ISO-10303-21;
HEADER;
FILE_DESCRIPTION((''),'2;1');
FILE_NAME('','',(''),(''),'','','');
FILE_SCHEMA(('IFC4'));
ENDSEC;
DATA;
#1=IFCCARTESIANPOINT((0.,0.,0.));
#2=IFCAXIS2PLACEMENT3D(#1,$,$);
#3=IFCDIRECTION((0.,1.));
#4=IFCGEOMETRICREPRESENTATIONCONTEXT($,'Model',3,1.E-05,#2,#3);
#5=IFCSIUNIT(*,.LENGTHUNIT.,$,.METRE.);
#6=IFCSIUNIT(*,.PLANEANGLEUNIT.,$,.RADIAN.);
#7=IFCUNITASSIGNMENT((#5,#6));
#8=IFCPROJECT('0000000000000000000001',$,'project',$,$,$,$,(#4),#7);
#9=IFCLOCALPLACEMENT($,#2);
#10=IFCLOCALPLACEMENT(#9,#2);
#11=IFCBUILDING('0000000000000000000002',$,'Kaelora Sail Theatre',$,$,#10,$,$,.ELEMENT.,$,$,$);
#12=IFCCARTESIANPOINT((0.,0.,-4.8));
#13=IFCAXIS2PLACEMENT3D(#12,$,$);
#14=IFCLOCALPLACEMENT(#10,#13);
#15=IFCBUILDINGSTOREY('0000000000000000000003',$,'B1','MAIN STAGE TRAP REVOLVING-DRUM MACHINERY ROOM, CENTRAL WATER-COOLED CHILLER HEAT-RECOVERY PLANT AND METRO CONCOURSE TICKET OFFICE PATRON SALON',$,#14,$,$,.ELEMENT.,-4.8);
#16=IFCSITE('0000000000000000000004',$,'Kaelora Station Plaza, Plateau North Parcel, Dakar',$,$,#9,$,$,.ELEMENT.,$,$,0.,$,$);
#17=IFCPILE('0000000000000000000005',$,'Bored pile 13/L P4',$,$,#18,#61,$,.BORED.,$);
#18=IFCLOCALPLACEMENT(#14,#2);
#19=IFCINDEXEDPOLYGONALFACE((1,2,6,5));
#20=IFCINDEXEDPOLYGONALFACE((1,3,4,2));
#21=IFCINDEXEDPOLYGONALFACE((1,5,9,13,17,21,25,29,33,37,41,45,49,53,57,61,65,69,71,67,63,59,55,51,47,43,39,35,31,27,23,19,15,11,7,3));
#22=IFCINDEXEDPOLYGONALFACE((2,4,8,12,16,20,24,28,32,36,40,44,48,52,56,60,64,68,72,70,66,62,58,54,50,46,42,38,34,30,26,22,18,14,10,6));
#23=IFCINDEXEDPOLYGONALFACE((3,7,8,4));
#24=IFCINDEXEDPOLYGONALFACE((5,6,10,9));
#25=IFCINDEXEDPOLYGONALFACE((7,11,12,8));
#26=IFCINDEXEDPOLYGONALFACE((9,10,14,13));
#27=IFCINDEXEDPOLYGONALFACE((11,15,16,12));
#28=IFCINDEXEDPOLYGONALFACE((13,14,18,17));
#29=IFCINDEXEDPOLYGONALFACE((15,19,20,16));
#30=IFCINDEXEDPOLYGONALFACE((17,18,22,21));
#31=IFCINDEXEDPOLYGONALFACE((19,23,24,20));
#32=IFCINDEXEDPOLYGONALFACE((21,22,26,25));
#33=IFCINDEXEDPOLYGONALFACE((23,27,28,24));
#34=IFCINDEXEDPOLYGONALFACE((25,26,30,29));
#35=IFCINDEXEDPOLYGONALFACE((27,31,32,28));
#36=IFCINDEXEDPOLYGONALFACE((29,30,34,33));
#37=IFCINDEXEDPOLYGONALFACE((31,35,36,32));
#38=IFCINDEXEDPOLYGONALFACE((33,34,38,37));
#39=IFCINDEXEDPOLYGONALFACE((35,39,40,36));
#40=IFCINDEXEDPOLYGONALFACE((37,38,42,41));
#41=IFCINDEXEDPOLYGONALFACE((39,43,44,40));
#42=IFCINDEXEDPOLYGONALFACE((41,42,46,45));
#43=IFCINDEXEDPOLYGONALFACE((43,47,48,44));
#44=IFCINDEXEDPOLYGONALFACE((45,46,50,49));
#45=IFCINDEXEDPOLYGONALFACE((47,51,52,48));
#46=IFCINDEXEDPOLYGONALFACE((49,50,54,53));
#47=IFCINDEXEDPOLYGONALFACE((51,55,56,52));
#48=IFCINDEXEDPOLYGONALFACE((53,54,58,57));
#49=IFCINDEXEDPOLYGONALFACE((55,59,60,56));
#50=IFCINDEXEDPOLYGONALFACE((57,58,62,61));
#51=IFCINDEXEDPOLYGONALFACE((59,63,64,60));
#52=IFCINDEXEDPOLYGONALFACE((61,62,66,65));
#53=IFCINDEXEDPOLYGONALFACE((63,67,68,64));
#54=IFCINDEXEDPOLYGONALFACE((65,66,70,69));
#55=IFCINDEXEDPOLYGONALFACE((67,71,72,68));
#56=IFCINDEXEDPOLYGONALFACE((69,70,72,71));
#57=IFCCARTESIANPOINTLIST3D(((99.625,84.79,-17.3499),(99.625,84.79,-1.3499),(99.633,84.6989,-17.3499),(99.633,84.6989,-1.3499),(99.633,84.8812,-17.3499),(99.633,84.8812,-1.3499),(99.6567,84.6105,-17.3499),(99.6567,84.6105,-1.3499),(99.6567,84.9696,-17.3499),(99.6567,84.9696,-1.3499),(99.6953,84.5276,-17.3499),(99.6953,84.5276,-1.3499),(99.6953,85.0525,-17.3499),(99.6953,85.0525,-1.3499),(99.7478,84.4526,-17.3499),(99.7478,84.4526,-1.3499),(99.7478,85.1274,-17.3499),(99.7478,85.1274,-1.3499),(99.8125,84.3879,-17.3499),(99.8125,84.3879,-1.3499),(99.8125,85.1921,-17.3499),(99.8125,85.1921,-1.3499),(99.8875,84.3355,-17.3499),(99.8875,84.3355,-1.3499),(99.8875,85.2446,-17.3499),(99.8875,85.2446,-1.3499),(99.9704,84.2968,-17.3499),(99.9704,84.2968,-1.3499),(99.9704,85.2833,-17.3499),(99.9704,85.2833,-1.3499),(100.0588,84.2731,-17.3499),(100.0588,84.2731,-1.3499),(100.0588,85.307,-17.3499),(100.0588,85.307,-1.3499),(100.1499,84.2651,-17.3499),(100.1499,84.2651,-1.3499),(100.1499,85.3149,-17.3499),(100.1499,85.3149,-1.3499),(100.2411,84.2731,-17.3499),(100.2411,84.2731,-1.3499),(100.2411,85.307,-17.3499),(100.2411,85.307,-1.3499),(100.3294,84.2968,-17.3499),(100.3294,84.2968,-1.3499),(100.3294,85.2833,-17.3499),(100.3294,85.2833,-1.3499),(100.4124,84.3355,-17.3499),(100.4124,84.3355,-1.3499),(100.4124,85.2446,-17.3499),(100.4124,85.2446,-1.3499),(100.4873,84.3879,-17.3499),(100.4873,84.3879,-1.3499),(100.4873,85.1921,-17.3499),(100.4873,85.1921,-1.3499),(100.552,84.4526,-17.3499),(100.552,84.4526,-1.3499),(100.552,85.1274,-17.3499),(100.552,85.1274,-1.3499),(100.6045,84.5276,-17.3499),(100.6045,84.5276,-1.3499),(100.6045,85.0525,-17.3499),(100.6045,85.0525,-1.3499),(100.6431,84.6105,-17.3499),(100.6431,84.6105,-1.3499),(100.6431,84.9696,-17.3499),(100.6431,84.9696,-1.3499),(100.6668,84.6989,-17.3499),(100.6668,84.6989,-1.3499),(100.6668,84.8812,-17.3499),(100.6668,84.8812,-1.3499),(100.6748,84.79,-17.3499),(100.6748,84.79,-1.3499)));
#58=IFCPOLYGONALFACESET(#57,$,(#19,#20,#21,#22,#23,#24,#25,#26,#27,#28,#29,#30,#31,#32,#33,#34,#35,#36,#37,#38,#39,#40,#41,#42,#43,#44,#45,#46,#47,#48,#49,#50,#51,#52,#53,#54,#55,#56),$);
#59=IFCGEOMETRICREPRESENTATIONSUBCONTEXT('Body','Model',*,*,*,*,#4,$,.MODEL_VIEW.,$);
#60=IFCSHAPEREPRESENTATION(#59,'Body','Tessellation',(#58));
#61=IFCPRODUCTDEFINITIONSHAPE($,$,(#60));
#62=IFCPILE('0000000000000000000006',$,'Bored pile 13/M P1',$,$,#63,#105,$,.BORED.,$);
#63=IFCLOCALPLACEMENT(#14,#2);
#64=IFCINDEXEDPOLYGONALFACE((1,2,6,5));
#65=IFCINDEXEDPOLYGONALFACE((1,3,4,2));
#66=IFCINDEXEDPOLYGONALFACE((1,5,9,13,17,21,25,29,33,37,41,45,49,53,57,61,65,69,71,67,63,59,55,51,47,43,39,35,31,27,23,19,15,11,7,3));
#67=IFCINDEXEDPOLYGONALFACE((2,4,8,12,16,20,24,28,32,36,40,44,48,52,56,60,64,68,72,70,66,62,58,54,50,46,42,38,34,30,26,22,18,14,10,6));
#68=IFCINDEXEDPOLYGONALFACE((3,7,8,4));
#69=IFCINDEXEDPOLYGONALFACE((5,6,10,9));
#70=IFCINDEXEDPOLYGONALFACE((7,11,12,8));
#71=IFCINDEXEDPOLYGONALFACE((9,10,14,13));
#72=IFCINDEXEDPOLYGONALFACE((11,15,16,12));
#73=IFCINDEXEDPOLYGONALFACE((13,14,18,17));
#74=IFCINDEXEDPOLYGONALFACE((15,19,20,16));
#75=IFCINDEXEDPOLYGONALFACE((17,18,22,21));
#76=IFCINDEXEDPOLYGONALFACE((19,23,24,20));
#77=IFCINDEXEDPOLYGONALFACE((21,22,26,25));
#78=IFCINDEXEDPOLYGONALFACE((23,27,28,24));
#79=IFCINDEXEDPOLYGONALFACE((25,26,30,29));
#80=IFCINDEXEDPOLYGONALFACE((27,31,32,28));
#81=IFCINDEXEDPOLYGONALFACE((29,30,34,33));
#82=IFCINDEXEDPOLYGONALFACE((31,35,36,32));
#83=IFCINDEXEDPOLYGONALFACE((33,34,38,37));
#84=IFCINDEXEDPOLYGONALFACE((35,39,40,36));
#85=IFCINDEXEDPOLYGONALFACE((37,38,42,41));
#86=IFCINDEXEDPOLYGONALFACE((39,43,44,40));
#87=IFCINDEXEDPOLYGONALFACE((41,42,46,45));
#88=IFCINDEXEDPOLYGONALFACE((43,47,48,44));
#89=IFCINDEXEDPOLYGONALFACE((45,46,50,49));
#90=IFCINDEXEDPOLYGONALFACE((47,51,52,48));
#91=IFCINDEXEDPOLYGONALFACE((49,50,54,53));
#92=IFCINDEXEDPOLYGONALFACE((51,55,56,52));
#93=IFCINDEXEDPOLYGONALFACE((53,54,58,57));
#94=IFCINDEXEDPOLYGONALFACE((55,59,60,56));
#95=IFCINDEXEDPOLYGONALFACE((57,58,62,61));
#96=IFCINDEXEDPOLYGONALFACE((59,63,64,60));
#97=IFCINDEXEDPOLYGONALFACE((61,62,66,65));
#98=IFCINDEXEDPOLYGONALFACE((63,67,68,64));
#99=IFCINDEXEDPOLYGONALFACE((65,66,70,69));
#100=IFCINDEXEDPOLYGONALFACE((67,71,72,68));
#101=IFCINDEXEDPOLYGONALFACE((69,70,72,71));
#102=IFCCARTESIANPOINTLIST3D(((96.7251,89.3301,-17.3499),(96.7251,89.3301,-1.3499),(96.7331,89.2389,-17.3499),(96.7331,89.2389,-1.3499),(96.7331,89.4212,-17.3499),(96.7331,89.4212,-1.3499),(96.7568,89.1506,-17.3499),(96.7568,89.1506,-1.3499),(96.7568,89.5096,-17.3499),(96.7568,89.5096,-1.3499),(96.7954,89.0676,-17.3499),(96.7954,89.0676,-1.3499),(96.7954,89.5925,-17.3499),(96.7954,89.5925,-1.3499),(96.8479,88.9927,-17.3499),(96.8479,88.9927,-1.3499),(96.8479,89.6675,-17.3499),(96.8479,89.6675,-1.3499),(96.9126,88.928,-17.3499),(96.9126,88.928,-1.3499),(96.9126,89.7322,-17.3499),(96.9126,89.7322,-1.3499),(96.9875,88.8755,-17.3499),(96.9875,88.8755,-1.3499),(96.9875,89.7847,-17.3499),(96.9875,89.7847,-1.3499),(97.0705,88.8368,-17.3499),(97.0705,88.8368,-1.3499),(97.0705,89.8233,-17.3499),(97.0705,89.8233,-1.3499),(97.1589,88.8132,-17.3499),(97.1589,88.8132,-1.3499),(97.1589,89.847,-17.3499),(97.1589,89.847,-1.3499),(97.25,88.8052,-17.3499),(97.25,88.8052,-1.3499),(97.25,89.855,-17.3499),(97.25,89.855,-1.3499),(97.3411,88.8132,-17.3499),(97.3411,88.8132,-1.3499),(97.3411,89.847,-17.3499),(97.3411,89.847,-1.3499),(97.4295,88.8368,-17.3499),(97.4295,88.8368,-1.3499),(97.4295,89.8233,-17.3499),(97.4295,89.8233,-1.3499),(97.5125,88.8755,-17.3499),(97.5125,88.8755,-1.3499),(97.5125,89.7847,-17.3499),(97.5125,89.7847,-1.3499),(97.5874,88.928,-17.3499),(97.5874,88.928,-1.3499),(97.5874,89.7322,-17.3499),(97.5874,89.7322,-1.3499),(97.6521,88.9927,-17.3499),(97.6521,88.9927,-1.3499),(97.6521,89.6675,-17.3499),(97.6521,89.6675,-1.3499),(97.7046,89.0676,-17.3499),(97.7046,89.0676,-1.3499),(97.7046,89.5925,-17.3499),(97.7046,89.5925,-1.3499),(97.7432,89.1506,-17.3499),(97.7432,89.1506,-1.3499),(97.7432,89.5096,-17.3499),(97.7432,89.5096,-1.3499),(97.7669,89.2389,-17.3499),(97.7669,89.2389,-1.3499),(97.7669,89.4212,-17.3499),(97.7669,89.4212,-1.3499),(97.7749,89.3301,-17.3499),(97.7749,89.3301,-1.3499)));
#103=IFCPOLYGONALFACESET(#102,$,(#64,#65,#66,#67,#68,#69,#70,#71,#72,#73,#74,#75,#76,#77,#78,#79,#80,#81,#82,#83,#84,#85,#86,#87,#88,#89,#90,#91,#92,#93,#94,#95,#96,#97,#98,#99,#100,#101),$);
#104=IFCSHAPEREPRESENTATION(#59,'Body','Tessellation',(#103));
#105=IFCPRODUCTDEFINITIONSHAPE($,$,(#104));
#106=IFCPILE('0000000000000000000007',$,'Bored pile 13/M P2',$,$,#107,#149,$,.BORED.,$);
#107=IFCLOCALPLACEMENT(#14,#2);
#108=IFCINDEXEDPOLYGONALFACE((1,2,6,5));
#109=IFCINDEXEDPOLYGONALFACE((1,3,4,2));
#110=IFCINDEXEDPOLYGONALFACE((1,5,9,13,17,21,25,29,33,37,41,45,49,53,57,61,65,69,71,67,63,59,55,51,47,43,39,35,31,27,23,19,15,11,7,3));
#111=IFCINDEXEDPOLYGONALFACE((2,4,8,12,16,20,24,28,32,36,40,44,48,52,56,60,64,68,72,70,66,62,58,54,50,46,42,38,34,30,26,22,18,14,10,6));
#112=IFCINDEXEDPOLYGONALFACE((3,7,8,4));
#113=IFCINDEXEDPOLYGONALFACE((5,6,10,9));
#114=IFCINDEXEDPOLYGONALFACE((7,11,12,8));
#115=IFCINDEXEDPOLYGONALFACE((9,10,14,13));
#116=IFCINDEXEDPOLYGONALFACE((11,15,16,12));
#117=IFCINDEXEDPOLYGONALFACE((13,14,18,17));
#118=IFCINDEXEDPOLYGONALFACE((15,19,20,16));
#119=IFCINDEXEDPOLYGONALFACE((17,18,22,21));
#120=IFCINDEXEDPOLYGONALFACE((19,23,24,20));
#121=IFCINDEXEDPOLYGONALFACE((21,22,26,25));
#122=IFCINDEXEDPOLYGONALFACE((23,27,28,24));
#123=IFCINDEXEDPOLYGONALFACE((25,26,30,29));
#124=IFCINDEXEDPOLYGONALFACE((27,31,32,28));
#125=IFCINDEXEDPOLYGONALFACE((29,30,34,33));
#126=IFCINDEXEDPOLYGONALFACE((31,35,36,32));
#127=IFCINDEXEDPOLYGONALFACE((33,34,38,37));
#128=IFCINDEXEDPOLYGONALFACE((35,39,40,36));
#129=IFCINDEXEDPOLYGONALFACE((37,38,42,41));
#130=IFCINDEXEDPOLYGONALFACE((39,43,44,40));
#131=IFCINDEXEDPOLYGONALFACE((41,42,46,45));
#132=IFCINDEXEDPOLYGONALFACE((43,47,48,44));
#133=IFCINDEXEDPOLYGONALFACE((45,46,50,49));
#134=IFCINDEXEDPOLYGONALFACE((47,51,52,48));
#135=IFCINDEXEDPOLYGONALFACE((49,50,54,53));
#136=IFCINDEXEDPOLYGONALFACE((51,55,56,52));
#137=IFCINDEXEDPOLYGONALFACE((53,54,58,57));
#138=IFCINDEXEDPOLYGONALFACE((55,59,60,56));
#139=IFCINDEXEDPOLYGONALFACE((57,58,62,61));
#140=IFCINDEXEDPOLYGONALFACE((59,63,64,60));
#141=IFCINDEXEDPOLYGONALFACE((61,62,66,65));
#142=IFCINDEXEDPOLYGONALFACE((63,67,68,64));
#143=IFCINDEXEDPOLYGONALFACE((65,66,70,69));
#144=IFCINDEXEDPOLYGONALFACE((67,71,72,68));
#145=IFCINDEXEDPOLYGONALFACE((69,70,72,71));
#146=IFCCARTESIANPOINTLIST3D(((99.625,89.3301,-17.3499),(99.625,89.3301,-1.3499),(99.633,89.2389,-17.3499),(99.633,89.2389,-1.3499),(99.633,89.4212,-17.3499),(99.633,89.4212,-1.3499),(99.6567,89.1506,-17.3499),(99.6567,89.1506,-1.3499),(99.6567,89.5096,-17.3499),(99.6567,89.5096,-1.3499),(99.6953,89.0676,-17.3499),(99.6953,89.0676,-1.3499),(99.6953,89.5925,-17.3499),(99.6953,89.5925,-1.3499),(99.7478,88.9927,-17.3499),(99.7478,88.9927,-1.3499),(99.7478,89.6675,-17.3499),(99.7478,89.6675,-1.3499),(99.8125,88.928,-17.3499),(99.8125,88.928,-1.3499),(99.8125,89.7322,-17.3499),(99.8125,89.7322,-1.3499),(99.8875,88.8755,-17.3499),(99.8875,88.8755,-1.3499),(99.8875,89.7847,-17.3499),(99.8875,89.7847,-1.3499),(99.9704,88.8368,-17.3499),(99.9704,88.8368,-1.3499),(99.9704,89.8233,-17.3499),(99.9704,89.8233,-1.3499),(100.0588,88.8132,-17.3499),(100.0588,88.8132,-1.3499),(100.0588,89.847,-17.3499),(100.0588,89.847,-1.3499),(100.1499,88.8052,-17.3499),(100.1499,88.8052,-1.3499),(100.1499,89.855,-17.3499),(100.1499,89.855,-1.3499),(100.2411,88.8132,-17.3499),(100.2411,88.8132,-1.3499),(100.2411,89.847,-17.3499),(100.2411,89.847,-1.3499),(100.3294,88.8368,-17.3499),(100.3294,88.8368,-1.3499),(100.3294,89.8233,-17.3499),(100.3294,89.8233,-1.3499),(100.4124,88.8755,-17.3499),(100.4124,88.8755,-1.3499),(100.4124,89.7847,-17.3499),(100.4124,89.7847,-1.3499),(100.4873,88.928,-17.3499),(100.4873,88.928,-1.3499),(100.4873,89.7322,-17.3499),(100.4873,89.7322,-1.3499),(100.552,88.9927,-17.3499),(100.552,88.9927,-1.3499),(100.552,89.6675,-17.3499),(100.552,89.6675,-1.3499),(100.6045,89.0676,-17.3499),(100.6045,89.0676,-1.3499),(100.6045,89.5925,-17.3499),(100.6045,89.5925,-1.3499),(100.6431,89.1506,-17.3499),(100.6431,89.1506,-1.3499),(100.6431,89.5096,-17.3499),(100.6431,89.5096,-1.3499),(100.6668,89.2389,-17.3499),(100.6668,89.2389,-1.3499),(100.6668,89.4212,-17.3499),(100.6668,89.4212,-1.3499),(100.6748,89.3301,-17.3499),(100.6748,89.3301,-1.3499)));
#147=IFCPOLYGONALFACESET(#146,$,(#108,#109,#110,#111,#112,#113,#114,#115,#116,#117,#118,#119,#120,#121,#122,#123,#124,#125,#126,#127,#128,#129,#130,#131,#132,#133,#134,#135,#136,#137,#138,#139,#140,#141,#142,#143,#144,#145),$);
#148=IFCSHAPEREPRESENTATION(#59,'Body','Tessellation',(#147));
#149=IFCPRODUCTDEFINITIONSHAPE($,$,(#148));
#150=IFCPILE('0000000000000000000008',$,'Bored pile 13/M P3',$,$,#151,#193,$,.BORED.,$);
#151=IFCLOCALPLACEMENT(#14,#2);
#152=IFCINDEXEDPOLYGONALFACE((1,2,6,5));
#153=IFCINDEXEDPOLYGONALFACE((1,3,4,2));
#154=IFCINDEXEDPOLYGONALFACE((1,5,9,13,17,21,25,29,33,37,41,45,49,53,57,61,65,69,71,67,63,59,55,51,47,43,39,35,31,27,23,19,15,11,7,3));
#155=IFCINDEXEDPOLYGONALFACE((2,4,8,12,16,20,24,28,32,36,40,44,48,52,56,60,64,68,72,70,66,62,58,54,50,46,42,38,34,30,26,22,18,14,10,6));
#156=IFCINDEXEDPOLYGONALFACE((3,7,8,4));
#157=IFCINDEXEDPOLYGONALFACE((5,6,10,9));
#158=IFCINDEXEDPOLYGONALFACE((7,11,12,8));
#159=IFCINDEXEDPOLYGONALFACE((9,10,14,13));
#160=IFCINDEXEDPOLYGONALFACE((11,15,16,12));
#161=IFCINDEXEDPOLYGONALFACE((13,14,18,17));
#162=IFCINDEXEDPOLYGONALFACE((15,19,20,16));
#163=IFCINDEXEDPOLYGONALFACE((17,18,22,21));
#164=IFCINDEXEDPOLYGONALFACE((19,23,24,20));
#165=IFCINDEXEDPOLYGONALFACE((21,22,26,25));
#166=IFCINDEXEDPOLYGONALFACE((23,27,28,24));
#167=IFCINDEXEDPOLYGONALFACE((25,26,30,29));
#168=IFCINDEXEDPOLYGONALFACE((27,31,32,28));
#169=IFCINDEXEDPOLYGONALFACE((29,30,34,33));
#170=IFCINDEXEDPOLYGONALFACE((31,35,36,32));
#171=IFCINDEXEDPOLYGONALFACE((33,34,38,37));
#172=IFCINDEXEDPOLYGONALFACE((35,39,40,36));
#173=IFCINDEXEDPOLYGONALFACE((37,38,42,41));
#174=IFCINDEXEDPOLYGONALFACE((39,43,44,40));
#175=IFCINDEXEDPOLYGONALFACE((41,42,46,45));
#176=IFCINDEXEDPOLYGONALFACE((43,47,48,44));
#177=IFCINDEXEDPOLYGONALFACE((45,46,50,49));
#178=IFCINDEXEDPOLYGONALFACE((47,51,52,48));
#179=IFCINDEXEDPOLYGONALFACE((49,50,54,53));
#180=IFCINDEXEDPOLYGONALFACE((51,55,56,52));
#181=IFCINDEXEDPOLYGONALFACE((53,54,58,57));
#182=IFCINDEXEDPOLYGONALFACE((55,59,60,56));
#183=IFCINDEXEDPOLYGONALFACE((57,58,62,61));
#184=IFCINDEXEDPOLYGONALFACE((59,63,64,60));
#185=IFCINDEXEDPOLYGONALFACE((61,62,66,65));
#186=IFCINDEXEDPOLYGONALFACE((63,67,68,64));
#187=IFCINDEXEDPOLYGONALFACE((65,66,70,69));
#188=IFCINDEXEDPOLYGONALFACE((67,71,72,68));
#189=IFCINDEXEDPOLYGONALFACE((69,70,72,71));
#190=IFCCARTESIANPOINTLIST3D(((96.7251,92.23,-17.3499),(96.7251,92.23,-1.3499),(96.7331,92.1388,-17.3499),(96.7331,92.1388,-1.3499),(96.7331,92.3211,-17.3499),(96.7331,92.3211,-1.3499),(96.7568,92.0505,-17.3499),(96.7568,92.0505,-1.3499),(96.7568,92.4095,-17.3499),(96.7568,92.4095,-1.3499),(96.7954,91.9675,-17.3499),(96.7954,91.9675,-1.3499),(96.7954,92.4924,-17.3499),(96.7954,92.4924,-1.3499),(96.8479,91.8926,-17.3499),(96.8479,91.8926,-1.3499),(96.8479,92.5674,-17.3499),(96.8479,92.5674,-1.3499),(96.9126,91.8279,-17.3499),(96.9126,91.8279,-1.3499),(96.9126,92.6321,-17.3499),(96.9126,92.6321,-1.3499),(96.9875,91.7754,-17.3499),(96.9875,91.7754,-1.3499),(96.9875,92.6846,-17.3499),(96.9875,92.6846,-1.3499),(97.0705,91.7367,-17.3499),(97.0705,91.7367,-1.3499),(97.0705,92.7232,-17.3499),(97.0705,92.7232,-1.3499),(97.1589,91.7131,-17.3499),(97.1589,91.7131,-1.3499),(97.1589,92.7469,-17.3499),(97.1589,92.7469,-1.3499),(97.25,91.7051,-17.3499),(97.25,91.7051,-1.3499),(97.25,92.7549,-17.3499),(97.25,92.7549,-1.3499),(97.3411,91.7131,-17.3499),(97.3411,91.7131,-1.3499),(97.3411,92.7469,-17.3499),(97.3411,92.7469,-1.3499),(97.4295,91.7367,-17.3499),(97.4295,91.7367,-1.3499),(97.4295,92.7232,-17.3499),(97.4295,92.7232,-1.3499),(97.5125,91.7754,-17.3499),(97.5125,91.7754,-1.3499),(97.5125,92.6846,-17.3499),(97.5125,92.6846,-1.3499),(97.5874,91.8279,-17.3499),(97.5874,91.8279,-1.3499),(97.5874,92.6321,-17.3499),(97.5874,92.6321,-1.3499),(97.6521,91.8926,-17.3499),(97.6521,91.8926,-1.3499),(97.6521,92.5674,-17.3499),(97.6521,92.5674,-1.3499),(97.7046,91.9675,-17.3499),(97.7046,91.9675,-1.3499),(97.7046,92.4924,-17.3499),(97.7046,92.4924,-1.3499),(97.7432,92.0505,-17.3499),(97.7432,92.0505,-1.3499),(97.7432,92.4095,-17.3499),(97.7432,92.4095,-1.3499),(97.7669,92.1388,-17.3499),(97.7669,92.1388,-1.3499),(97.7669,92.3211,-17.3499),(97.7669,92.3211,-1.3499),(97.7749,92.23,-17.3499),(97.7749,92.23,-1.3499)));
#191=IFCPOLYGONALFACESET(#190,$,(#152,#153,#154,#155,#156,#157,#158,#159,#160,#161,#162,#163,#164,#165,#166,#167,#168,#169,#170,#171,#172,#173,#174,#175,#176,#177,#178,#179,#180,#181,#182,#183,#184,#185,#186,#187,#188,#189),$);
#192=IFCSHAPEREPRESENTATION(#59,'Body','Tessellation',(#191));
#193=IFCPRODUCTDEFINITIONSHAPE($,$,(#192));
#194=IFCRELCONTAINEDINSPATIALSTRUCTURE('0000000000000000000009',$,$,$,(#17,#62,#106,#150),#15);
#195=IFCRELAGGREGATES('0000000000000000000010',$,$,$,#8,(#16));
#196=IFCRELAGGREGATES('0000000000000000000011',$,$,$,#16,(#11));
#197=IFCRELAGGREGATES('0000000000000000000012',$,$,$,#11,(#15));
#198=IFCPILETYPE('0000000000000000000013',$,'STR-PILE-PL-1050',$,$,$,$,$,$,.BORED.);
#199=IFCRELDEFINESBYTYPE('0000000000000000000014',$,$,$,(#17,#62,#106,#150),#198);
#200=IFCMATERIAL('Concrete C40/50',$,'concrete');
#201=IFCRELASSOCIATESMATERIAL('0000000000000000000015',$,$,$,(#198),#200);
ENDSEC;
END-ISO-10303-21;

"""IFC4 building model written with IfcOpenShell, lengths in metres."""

from ifc_helpers import new_model, si_unit, direction, frame, origin, origin_2d, place, context, subcontext, project, spatial, circle, extrude, material, material_profile, profile_set, type_object, element, save


model = new_model("IFC4")

# Units and contexts
model_context = context("Model", 3, precision=1e-05, world=origin(), true_north=direction((0.0, 1.0)))
body_context = subcontext(model_context, "Body", "Model", "MODEL_VIEW")
ifc_project = project(units=[si_unit("LENGTHUNIT", "METRE"), si_unit("PLANEANGLEUNIT", "RADIAN")], contexts=[model_context])

# Site, building, storey
site_placement = place(None, origin())
site = spatial("IfcSite", under=ifc_project, at=site_placement, Name="Kaelora Station Plaza, Plateau North Parcel, Dakar", CompositionType="ELEMENT", RefElevation=0.0)
building_placement = place(site_placement, origin())
building = spatial("IfcBuilding", under=site, at=building_placement, Name="Kaelora Sail Theatre", CompositionType="ELEMENT")
storey_placement = place(building_placement, frame((0.0, 0.0, -4.8)))
storey = spatial("IfcBuildingStorey", under=building, at=storey_placement, Name="B1", Description="MAIN STAGE TRAP REVOLVING-DRUM MACHINERY ROOM, CENTRAL WATER-COOLED CHILLER HEAT-RECOVERY PLANT AND METRO CONCOURSE TICKET OFFICE PATRON SALON", CompositionType="ELEMENT", Elevation=-4.8)

# Piles
ifc_material_1 = material(Name="Concrete C40/50", Category="concrete")
ifc_material_profile_1 = material_profile(ifc_material_1, circle(Radius=0.5249, at=origin_2d()), Name="PILE D1050")
ifc_profile_set_1 = profile_set([ifc_material_profile_1], Name="Concrete C40/50")
pile_type = type_object("IfcPileType", Name="STR-PILE-PL-1050", PredefinedType="BORED", material=ifc_profile_set_1)
for number, where, z_axis, x_axis, name in (
    (1, (100.1499, 84.79, -1.3499), (0.0, 0.0, -1.0), (1.0, 0.0, 0.0), "Bored pile 13/L P4"),
    (2, (97.25, 89.3301, -1.3499), (0.0, 0.0, -1.0), (1.0, 0.0, 0.0), "Bored pile 13/M P1"),
    (3, (100.1499, 89.3301, -1.3499), (0.0, 0.0, -1.0), (1.0, 0.0, 0.0), "Bored pile 13/M P2"),
    (4, (97.25, 92.23, -1.3499), (0.0, 0.0, -1.0), (1.0, 0.0, 0.0), "Bored pile 13/M P3"),
):
    element("IfcPile", number, at=place(storey_placement, frame(where, z_axis=z_axis, x_axis=x_axis)), inside=storey, type_object=pile_type, Name=name, PredefinedType="BORED", context=body_context, shape_type="SweptSolid", body=[
        extrude(circle(Radius=0.5249, at=origin_2d()), origin(), (0.0, 0.0, 1.0), 16.0),
    ])

save(model, "model.ifc")
